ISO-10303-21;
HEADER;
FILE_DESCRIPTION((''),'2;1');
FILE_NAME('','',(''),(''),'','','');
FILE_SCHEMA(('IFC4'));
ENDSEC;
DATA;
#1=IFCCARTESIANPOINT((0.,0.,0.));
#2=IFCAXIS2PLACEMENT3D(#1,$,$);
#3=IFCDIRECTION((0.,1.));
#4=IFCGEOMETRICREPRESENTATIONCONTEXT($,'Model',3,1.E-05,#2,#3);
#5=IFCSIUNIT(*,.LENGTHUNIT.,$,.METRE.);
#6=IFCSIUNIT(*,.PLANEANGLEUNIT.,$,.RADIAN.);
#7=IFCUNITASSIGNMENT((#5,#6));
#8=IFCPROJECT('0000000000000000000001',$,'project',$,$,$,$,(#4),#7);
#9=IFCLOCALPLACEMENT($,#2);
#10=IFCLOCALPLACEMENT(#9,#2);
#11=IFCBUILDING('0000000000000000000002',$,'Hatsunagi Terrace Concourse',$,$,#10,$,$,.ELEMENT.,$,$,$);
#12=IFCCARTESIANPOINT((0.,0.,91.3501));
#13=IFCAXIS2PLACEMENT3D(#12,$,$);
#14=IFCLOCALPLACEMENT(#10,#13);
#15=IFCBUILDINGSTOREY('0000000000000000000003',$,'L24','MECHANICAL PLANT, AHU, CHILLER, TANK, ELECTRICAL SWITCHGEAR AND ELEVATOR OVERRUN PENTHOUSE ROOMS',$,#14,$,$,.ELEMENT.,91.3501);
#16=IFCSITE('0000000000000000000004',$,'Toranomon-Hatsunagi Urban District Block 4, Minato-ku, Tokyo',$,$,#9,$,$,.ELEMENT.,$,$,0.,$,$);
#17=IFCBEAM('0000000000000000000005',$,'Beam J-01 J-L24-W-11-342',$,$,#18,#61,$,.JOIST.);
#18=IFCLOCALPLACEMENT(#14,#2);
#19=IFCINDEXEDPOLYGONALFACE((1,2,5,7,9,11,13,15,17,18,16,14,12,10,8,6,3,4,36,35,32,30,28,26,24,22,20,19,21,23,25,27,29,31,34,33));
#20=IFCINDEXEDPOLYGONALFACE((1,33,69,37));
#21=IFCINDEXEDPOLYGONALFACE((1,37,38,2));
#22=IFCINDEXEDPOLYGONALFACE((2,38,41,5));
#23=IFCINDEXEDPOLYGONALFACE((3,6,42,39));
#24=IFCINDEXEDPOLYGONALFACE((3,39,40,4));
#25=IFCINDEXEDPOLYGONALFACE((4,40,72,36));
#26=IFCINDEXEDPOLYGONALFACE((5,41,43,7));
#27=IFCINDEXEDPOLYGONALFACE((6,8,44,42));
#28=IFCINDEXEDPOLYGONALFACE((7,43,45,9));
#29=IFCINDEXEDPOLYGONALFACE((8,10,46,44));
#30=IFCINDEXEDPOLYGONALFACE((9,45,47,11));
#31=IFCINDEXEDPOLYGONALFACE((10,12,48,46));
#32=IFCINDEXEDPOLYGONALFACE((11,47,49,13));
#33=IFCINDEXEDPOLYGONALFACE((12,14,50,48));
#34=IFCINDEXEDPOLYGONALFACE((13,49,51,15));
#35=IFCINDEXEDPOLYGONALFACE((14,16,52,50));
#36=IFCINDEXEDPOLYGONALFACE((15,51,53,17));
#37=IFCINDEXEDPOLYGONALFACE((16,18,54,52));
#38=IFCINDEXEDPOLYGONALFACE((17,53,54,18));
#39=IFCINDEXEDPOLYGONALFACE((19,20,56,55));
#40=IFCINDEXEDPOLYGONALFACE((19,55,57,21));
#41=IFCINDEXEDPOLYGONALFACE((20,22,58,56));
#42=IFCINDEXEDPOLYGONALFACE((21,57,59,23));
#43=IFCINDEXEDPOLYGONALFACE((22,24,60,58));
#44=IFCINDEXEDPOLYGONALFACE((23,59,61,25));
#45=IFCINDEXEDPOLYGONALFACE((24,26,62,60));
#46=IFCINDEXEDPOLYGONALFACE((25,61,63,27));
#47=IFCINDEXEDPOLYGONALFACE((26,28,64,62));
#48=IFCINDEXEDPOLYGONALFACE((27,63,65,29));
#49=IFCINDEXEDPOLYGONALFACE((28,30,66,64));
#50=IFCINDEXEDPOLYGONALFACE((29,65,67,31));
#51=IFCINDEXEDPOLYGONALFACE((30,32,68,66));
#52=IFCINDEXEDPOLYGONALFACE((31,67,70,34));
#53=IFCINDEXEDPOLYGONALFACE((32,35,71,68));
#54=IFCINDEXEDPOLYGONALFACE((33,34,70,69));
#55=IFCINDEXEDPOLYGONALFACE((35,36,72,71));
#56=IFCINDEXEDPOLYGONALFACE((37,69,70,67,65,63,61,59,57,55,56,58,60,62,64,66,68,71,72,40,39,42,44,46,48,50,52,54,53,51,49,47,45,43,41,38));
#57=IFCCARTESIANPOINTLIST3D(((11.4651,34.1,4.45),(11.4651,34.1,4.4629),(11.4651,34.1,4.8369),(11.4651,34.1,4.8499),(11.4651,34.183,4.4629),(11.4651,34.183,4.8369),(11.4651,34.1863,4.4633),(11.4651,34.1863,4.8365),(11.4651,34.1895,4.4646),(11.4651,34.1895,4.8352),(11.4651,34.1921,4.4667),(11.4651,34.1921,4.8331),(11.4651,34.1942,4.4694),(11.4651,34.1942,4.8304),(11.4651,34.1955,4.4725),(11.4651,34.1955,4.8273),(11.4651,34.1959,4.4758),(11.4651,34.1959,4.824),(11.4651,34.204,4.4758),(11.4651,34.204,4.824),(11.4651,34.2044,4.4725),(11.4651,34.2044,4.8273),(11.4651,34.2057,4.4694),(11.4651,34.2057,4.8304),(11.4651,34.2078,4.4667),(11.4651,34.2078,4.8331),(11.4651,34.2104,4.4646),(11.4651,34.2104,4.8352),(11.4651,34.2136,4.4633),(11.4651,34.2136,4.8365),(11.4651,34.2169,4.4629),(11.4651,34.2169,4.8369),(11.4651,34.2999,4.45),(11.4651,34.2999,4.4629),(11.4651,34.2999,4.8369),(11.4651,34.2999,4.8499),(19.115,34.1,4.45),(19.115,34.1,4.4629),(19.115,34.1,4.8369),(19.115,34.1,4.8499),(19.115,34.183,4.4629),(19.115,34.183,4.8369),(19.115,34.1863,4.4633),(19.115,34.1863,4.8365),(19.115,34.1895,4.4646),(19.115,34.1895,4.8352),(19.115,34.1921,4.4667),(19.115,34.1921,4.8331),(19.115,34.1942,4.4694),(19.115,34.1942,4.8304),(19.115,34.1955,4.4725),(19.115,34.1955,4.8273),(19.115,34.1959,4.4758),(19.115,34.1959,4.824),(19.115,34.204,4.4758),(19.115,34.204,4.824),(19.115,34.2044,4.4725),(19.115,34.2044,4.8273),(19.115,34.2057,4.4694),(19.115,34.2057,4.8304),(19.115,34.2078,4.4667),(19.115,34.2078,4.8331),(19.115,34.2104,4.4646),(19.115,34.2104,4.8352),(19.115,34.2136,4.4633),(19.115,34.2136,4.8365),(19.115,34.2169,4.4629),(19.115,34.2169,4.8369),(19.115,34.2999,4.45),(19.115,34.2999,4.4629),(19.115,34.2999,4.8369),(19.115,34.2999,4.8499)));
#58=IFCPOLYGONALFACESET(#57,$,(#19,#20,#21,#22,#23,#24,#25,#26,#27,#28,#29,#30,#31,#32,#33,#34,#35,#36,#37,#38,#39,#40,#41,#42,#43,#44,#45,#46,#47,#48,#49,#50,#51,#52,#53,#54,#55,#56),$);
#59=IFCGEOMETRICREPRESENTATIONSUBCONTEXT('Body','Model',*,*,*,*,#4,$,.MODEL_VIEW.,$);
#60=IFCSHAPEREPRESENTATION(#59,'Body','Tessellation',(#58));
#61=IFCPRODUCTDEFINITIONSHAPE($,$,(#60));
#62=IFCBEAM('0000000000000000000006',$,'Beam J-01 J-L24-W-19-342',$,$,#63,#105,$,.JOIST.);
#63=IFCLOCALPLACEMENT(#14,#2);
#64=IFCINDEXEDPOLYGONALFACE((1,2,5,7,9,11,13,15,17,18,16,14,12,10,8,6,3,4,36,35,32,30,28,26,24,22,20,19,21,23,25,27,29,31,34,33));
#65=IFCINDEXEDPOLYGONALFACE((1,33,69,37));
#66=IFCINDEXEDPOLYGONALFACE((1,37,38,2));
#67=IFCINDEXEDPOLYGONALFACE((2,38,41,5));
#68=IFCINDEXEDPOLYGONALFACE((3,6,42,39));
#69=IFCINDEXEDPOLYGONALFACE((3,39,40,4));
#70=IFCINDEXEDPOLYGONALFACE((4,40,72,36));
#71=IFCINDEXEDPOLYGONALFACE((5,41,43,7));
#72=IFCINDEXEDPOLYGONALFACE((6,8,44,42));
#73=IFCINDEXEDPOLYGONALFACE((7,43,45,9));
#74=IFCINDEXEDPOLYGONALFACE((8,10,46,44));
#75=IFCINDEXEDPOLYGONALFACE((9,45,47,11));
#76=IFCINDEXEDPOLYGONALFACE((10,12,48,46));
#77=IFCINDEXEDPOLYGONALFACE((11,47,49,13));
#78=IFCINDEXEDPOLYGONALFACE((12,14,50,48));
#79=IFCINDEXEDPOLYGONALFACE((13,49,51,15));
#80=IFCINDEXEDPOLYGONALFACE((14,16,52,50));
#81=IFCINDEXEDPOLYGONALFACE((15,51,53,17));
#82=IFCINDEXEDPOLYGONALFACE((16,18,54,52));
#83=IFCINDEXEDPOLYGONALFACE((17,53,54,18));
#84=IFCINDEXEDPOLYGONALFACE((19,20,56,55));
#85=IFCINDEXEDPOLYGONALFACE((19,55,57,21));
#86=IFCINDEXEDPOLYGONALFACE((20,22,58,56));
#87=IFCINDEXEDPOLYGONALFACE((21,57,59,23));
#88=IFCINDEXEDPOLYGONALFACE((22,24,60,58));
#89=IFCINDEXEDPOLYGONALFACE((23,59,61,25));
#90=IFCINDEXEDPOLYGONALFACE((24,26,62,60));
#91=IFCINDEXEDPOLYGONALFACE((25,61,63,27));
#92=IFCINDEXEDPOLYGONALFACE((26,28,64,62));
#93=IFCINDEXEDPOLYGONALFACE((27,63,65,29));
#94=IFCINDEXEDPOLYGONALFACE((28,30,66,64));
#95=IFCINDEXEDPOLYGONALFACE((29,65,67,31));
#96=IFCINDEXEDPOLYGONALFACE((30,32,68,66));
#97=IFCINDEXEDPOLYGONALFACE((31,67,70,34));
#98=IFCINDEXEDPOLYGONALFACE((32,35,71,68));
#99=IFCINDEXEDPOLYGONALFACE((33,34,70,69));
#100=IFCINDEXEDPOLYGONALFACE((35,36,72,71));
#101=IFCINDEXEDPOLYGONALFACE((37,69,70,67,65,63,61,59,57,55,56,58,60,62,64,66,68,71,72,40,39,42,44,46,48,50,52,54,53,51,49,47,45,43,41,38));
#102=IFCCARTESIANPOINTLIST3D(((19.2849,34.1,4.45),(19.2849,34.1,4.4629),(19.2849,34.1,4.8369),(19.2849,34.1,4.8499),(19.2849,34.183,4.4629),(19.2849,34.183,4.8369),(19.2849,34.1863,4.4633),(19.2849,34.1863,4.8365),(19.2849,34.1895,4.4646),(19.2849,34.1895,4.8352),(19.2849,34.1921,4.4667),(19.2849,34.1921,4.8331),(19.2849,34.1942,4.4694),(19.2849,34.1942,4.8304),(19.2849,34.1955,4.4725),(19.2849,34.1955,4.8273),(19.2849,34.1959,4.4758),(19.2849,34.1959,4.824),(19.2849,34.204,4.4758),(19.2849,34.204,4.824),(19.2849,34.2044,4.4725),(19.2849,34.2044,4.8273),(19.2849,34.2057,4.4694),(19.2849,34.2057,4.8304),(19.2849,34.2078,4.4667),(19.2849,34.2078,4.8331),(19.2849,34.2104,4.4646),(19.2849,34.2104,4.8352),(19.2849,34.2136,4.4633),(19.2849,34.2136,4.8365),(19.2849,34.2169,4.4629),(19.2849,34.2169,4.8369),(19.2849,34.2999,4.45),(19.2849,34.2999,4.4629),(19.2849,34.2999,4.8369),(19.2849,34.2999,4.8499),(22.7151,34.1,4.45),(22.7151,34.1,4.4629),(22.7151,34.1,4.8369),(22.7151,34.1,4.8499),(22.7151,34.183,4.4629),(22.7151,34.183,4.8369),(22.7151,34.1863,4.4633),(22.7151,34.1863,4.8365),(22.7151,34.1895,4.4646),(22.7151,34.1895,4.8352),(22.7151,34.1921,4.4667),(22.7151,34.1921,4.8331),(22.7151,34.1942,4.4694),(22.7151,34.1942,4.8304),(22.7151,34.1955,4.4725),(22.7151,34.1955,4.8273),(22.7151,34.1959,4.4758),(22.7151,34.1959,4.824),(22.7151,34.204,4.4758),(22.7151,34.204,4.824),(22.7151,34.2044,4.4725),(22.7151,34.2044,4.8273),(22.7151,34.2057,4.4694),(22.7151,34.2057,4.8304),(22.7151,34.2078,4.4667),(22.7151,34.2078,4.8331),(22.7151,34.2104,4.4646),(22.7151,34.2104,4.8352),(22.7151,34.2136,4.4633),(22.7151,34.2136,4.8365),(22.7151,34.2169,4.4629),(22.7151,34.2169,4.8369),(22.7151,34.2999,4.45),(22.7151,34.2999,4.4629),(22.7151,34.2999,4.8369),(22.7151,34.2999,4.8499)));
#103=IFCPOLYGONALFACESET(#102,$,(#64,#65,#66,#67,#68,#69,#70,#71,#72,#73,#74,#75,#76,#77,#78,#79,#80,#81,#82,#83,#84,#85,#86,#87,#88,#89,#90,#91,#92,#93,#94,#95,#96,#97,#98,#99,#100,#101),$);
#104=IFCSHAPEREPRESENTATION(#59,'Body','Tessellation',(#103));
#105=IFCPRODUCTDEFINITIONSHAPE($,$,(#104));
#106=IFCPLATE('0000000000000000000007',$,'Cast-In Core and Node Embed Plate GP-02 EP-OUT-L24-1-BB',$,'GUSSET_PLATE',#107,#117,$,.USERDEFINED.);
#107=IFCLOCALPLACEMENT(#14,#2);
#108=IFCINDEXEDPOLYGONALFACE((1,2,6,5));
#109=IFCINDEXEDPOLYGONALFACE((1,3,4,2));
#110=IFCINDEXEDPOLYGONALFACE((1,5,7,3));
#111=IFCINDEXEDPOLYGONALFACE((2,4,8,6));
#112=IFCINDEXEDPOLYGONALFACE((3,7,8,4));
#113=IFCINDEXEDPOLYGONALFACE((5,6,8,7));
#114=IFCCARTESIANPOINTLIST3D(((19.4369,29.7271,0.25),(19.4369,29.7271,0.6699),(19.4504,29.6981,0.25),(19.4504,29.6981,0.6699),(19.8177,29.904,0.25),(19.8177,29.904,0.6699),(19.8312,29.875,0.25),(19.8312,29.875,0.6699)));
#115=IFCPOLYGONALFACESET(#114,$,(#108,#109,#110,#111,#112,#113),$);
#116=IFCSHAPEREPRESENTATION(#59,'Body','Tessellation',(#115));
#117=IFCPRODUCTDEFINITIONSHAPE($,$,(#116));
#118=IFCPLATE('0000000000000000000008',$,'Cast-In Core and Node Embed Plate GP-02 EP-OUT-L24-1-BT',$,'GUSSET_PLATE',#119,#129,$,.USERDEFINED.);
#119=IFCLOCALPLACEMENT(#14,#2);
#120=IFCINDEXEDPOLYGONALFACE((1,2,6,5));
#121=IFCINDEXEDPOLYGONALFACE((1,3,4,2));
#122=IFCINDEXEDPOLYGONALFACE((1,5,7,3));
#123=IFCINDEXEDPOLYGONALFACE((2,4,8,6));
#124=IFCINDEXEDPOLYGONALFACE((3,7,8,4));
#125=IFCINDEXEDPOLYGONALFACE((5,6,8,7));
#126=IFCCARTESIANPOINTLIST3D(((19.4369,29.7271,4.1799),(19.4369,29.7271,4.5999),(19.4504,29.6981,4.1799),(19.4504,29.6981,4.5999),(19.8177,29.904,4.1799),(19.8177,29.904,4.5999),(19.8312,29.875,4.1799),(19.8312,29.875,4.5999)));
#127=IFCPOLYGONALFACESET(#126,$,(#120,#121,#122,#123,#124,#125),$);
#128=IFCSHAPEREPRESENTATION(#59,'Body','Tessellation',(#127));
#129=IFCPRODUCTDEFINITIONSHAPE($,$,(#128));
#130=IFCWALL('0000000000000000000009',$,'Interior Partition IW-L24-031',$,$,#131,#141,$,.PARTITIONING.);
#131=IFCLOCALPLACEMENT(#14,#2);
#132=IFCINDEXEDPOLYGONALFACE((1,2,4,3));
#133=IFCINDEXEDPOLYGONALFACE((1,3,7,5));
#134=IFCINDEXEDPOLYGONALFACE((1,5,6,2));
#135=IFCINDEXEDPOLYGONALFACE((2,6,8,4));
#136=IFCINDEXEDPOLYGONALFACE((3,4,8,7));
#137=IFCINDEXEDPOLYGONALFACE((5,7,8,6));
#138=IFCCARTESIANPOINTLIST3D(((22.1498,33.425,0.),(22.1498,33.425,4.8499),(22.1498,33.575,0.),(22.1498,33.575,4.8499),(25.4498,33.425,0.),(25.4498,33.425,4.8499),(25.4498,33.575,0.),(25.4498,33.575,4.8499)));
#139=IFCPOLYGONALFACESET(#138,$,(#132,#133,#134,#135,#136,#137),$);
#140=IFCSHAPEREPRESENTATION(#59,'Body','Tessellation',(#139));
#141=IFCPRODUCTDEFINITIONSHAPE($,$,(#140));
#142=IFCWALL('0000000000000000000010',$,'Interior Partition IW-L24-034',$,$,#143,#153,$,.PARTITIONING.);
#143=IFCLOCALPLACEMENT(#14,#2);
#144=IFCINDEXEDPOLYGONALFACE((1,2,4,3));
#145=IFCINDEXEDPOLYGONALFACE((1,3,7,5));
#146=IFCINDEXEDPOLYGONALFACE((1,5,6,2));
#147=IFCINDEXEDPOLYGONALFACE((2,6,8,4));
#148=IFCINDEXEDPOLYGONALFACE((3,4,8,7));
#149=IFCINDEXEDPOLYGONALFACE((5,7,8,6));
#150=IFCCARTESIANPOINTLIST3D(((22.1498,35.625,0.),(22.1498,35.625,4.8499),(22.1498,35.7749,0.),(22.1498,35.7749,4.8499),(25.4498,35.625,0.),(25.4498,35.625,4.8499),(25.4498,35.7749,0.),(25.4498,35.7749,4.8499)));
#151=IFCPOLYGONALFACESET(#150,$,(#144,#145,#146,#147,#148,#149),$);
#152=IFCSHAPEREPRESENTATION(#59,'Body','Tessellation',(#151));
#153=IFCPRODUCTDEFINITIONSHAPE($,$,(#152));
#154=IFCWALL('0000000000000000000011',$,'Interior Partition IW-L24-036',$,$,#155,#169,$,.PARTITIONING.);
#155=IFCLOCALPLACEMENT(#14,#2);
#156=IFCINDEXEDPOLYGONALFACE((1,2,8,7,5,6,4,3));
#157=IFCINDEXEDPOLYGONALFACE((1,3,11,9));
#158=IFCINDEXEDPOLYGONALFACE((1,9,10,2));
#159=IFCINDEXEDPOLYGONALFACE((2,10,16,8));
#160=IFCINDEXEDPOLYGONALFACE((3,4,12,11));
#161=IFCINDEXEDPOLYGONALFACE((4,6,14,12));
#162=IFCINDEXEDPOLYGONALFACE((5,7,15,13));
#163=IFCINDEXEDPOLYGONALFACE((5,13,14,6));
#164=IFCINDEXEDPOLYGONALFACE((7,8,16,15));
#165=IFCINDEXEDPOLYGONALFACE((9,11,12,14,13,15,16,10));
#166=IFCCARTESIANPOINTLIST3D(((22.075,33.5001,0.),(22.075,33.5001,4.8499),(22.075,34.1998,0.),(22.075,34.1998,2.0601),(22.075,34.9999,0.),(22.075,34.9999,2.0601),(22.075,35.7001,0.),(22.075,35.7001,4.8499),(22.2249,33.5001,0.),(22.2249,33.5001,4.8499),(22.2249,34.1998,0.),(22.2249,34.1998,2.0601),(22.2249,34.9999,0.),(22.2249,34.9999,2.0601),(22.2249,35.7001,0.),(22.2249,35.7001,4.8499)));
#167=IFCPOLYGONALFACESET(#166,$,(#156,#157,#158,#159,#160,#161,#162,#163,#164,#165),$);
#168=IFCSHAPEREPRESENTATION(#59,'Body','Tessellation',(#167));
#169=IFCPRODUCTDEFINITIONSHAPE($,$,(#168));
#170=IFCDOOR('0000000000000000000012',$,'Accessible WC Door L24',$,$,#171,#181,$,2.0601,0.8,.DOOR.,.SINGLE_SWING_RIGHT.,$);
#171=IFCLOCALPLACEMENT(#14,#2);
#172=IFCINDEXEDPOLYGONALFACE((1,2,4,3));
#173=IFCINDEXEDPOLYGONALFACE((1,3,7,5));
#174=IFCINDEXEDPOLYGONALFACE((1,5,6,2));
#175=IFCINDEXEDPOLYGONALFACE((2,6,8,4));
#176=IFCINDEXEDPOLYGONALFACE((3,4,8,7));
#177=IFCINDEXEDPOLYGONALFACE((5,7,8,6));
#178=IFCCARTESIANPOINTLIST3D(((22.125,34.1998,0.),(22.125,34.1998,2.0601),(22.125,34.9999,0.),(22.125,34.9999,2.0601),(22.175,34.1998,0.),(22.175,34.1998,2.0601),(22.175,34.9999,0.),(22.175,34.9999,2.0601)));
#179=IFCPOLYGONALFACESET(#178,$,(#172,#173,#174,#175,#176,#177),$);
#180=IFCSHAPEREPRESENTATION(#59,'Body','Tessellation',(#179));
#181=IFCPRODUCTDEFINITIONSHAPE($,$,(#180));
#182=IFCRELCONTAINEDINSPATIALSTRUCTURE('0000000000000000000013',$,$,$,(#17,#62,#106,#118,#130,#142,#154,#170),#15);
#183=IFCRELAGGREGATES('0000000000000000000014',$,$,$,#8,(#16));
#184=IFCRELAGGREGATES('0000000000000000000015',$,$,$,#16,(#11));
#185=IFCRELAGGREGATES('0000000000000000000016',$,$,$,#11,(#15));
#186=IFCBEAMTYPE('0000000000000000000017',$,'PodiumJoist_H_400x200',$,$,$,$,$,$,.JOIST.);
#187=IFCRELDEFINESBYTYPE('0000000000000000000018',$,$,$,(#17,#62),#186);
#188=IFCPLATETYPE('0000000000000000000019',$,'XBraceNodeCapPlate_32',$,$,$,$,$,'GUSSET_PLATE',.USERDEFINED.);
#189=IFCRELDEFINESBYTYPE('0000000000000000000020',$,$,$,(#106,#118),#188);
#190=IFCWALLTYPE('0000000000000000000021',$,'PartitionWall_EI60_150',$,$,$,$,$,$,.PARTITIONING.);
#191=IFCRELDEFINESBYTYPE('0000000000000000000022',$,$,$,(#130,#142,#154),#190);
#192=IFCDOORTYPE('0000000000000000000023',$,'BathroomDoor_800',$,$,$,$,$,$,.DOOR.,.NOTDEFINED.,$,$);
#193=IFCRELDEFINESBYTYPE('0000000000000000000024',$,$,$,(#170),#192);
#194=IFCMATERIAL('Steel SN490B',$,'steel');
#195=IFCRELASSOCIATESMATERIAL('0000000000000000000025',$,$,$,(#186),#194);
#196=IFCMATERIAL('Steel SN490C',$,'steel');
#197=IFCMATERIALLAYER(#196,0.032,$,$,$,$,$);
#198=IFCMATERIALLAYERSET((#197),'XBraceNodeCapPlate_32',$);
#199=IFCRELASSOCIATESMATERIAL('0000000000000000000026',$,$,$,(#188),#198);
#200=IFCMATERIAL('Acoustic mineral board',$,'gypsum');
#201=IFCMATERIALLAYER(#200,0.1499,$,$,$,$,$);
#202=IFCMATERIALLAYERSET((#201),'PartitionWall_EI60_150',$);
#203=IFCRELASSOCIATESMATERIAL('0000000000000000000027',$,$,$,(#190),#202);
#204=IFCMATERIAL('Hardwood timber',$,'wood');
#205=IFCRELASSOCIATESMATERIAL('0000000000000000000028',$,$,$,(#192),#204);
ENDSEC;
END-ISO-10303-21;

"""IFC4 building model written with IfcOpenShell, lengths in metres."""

from ifc_helpers import new_model, si_unit, direction, frame, frame_2d, origin, origin_2d, place, context, subcontext, project, spatial, rectangle, i_section, extrude, material, layer, layer_set, material_profile, profile_set, type_object, element, fill, save


model = new_model("IFC4")

# Units and contexts
model_context = context("Model", 3, precision=1e-05, world=origin(), true_north=direction((0.0, 1.0)))
body_context = subcontext(model_context, "Body", "Model", "MODEL_VIEW")
ifc_project = project(units=[si_unit("LENGTHUNIT", "METRE"), si_unit("PLANEANGLEUNIT", "RADIAN")], contexts=[model_context])

# Site, building, storey
site_placement = place(None, origin())
site = spatial("IfcSite", under=ifc_project, at=site_placement, Name="Toranomon-Hatsunagi Urban District Block 4, Minato-ku, Tokyo", CompositionType="ELEMENT", RefElevation=0.0)
building_placement = place(site_placement, origin())
building = spatial("IfcBuilding", under=site, at=building_placement, Name="Hatsunagi Terrace Concourse", CompositionType="ELEMENT")
storey_placement = place(building_placement, frame((0.0, 0.0, 91.3501)))
storey = spatial("IfcBuildingStorey", under=building, at=storey_placement, Name="L24", Description="MECHANICAL PLANT, AHU, CHILLER, TANK, ELECTRICAL SWITCHGEAR AND ELEVATOR OVERRUN PENTHOUSE ROOMS", CompositionType="ELEMENT", Elevation=91.3501)

# Beams
ifc_material_1 = material(Name="Steel SN490B", Category="steel")
ifc_material_profile_1 = material_profile(ifc_material_1, i_section(OverallWidth=0.2, OverallDepth=0.3999, WebThickness=0.0081, FlangeThickness=0.0129, FilletRadius=0.0129, at=origin_2d()), Name="H-400x200x8x13")
ifc_profile_set_1 = profile_set([ifc_material_profile_1], Name="Steel SN490B")
beam_type_1 = type_object("IfcBeamType", Name="PodiumJoist_H_400x200", PredefinedType="JOIST", material=ifc_profile_set_1)
beam_1_placement = place(storey_placement, frame((11.4651, 34.2, 4.6499), z_axis=(1.0, 0.0, 0.0), x_axis=(0.0, 1.0, 0.0)))
element("IfcBeam", 1, at=beam_1_placement, inside=storey, type_object=beam_type_1, Name="Beam J-01 J-L24-W-11-342", PredefinedType="JOIST", context=body_context, shape_type="SweptSolid", body=[
    extrude(i_section(OverallWidth=0.2, OverallDepth=0.3999, WebThickness=0.0081, FlangeThickness=0.0129, FilletRadius=0.0129, at=origin_2d()), origin(), (0.0, 0.0, 1.0), 7.6499),
])
beam_2_placement = place(storey_placement, frame((19.2849, 34.2, 4.6499), z_axis=(1.0, 0.0, 0.0), x_axis=(0.0, 1.0, 0.0)))
element("IfcBeam", 2, at=beam_2_placement, inside=storey, type_object=beam_type_1, Name="Beam J-01 J-L24-W-19-342", PredefinedType="JOIST", context=body_context, shape_type="SweptSolid", body=[
    extrude(i_section(OverallWidth=0.2, OverallDepth=0.3999, WebThickness=0.0081, FlangeThickness=0.0129, FilletRadius=0.0129, at=origin_2d()), origin(), (0.0, 0.0, 1.0), 3.4302),
])

# Plates
ifc_material_2 = material(Name="Steel SN490C", Category="steel")
ifc_layer_1 = layer(ifc_material_2, 0.032)
ifc_layer_set_1 = layer_set([ifc_layer_1], Name="XBraceNodeCapPlate_32")
plate_type = type_object("IfcPlateType", Name="XBraceNodeCapPlate_32", ElementType="GUSSET_PLATE", PredefinedType="USERDEFINED", material=ifc_layer_set_1)
for number, where, z_axis, x_axis, name in (
    (3, (19.634, 29.801, 0.25), (0.0, 0.0, 1.0), (-0.906912, -0.421321, 0.0), "Cast-In Core and Node Embed Plate GP-02 EP-OUT-L24-1-BB"),
    (4, (19.634, 29.801, 4.1799), (0.0, 0.0, 1.0), (-0.906912, -0.421321, 0.0), "Cast-In Core and Node Embed Plate GP-02 EP-OUT-L24-1-BT"),
):
    element("IfcPlate", number, at=place(storey_placement, frame(where, z_axis=z_axis, x_axis=x_axis)), inside=storey, type_object=plate_type, Name=name, ObjectType="GUSSET_PLATE", PredefinedType="USERDEFINED", context=body_context, shape_type="SweptSolid", body=[
        extrude(rectangle(XDim=0.4199, YDim=0.032, at=origin_2d()), origin(), (0.0, 0.0, 1.0), 0.4199),
    ])

# Walls
ifc_material_3 = material(Name="Acoustic mineral board", Category="gypsum")
ifc_layer_2 = layer(ifc_material_3, 0.1499)
ifc_layer_set_2 = layer_set([ifc_layer_2], Name="PartitionWall_EI60_150")
wall_type_1 = type_object("IfcWallType", Name="PartitionWall_EI60_150", PredefinedType="PARTITIONING", material=ifc_layer_set_2)
for number, where, z_axis, x_axis, name in (
    (5, (22.1499, 33.5, 0.0), (0.0, 0.0, 1.0), (1.0, 0.0, 0.0), "Interior Partition IW-L24-031"),
    (6, (22.1499, 35.7, 0.0), (0.0, 0.0, 1.0), (1.0, 0.0, 0.0), "Interior Partition IW-L24-034"),
):
    element("IfcWall", number, at=place(storey_placement, frame(where, z_axis=z_axis, x_axis=x_axis)), inside=storey, type_object=wall_type_1, Name=name, PredefinedType="PARTITIONING", context=body_context, shape_type="SweptSolid", body=[
        extrude(rectangle(XDim=3.3, YDim=0.1499, at=frame_2d((1.6499, 0.0))), origin(), (0.0, 0.0, 1.0), 4.8499),
    ])

# Wall, opening, door
wall_1_placement = place(storey_placement, frame((22.1499, 33.5, 0.0), z_axis=(0.0, 0.0, 1.0), x_axis=(0.0, 1.0, 0.0)))
wall_1 = element("IfcWall", 7, at=wall_1_placement, inside=storey, type_object=wall_type_1, Name="Interior Partition IW-L24-036", PredefinedType="PARTITIONING", context=body_context, shape_type="SweptSolid", body=[
    extrude(rectangle(XDim=2.2, YDim=0.1499, at=frame_2d((1.1001, 0.0))), origin(), (0.0, 0.0, 1.0), 4.8499),
])
opening_1_placement = place(wall_1_placement, frame((0.7, 0.0, 0.0)))
opening_1 = element("IfcOpeningElement", 8, at=opening_1_placement, cuts=wall_1, PredefinedType="OPENING", context=body_context, shape_type="SweptSolid", body=[
    extrude(rectangle(XDim=0.8, YDim=2.0601, at=frame_2d((0.3999, 1.03))), frame((0.0, 0.085, 0.0), z_axis=(0.0, -1.0, 0.0), x_axis=(1.0, 0.0, 0.0)), (0.0, 0.0, 1.0), 0.1699),
])
ifc_material_4 = material(Name="Hardwood timber", Category="wood")
door_type_1 = type_object("IfcDoorType", Name="BathroomDoor_800", OperationType="NOTDEFINED", PredefinedType="DOOR", material=ifc_material_4)
door_1_placement = place(opening_1_placement, origin())
door_1 = element("IfcDoor", 9, at=door_1_placement, inside=storey, type_object=door_type_1, Name="Accessible WC Door L24", OperationType="SINGLE_SWING_RIGHT", OverallHeight=2.0601, OverallWidth=0.8, PredefinedType="DOOR", context=body_context, shape_type="SweptSolid", body=[
    extrude(rectangle(XDim=0.8, YDim=2.0601, at=frame_2d((0.3999, 1.03))), frame((0.0, 0.0249, 0.0), z_axis=(0.0, -1.0, 0.0), x_axis=(1.0, 0.0, 0.0)), (0.0, 0.0, 1.0), 0.05),
])
fill(opening_1, door_1)

save(model, "model.ifc")
